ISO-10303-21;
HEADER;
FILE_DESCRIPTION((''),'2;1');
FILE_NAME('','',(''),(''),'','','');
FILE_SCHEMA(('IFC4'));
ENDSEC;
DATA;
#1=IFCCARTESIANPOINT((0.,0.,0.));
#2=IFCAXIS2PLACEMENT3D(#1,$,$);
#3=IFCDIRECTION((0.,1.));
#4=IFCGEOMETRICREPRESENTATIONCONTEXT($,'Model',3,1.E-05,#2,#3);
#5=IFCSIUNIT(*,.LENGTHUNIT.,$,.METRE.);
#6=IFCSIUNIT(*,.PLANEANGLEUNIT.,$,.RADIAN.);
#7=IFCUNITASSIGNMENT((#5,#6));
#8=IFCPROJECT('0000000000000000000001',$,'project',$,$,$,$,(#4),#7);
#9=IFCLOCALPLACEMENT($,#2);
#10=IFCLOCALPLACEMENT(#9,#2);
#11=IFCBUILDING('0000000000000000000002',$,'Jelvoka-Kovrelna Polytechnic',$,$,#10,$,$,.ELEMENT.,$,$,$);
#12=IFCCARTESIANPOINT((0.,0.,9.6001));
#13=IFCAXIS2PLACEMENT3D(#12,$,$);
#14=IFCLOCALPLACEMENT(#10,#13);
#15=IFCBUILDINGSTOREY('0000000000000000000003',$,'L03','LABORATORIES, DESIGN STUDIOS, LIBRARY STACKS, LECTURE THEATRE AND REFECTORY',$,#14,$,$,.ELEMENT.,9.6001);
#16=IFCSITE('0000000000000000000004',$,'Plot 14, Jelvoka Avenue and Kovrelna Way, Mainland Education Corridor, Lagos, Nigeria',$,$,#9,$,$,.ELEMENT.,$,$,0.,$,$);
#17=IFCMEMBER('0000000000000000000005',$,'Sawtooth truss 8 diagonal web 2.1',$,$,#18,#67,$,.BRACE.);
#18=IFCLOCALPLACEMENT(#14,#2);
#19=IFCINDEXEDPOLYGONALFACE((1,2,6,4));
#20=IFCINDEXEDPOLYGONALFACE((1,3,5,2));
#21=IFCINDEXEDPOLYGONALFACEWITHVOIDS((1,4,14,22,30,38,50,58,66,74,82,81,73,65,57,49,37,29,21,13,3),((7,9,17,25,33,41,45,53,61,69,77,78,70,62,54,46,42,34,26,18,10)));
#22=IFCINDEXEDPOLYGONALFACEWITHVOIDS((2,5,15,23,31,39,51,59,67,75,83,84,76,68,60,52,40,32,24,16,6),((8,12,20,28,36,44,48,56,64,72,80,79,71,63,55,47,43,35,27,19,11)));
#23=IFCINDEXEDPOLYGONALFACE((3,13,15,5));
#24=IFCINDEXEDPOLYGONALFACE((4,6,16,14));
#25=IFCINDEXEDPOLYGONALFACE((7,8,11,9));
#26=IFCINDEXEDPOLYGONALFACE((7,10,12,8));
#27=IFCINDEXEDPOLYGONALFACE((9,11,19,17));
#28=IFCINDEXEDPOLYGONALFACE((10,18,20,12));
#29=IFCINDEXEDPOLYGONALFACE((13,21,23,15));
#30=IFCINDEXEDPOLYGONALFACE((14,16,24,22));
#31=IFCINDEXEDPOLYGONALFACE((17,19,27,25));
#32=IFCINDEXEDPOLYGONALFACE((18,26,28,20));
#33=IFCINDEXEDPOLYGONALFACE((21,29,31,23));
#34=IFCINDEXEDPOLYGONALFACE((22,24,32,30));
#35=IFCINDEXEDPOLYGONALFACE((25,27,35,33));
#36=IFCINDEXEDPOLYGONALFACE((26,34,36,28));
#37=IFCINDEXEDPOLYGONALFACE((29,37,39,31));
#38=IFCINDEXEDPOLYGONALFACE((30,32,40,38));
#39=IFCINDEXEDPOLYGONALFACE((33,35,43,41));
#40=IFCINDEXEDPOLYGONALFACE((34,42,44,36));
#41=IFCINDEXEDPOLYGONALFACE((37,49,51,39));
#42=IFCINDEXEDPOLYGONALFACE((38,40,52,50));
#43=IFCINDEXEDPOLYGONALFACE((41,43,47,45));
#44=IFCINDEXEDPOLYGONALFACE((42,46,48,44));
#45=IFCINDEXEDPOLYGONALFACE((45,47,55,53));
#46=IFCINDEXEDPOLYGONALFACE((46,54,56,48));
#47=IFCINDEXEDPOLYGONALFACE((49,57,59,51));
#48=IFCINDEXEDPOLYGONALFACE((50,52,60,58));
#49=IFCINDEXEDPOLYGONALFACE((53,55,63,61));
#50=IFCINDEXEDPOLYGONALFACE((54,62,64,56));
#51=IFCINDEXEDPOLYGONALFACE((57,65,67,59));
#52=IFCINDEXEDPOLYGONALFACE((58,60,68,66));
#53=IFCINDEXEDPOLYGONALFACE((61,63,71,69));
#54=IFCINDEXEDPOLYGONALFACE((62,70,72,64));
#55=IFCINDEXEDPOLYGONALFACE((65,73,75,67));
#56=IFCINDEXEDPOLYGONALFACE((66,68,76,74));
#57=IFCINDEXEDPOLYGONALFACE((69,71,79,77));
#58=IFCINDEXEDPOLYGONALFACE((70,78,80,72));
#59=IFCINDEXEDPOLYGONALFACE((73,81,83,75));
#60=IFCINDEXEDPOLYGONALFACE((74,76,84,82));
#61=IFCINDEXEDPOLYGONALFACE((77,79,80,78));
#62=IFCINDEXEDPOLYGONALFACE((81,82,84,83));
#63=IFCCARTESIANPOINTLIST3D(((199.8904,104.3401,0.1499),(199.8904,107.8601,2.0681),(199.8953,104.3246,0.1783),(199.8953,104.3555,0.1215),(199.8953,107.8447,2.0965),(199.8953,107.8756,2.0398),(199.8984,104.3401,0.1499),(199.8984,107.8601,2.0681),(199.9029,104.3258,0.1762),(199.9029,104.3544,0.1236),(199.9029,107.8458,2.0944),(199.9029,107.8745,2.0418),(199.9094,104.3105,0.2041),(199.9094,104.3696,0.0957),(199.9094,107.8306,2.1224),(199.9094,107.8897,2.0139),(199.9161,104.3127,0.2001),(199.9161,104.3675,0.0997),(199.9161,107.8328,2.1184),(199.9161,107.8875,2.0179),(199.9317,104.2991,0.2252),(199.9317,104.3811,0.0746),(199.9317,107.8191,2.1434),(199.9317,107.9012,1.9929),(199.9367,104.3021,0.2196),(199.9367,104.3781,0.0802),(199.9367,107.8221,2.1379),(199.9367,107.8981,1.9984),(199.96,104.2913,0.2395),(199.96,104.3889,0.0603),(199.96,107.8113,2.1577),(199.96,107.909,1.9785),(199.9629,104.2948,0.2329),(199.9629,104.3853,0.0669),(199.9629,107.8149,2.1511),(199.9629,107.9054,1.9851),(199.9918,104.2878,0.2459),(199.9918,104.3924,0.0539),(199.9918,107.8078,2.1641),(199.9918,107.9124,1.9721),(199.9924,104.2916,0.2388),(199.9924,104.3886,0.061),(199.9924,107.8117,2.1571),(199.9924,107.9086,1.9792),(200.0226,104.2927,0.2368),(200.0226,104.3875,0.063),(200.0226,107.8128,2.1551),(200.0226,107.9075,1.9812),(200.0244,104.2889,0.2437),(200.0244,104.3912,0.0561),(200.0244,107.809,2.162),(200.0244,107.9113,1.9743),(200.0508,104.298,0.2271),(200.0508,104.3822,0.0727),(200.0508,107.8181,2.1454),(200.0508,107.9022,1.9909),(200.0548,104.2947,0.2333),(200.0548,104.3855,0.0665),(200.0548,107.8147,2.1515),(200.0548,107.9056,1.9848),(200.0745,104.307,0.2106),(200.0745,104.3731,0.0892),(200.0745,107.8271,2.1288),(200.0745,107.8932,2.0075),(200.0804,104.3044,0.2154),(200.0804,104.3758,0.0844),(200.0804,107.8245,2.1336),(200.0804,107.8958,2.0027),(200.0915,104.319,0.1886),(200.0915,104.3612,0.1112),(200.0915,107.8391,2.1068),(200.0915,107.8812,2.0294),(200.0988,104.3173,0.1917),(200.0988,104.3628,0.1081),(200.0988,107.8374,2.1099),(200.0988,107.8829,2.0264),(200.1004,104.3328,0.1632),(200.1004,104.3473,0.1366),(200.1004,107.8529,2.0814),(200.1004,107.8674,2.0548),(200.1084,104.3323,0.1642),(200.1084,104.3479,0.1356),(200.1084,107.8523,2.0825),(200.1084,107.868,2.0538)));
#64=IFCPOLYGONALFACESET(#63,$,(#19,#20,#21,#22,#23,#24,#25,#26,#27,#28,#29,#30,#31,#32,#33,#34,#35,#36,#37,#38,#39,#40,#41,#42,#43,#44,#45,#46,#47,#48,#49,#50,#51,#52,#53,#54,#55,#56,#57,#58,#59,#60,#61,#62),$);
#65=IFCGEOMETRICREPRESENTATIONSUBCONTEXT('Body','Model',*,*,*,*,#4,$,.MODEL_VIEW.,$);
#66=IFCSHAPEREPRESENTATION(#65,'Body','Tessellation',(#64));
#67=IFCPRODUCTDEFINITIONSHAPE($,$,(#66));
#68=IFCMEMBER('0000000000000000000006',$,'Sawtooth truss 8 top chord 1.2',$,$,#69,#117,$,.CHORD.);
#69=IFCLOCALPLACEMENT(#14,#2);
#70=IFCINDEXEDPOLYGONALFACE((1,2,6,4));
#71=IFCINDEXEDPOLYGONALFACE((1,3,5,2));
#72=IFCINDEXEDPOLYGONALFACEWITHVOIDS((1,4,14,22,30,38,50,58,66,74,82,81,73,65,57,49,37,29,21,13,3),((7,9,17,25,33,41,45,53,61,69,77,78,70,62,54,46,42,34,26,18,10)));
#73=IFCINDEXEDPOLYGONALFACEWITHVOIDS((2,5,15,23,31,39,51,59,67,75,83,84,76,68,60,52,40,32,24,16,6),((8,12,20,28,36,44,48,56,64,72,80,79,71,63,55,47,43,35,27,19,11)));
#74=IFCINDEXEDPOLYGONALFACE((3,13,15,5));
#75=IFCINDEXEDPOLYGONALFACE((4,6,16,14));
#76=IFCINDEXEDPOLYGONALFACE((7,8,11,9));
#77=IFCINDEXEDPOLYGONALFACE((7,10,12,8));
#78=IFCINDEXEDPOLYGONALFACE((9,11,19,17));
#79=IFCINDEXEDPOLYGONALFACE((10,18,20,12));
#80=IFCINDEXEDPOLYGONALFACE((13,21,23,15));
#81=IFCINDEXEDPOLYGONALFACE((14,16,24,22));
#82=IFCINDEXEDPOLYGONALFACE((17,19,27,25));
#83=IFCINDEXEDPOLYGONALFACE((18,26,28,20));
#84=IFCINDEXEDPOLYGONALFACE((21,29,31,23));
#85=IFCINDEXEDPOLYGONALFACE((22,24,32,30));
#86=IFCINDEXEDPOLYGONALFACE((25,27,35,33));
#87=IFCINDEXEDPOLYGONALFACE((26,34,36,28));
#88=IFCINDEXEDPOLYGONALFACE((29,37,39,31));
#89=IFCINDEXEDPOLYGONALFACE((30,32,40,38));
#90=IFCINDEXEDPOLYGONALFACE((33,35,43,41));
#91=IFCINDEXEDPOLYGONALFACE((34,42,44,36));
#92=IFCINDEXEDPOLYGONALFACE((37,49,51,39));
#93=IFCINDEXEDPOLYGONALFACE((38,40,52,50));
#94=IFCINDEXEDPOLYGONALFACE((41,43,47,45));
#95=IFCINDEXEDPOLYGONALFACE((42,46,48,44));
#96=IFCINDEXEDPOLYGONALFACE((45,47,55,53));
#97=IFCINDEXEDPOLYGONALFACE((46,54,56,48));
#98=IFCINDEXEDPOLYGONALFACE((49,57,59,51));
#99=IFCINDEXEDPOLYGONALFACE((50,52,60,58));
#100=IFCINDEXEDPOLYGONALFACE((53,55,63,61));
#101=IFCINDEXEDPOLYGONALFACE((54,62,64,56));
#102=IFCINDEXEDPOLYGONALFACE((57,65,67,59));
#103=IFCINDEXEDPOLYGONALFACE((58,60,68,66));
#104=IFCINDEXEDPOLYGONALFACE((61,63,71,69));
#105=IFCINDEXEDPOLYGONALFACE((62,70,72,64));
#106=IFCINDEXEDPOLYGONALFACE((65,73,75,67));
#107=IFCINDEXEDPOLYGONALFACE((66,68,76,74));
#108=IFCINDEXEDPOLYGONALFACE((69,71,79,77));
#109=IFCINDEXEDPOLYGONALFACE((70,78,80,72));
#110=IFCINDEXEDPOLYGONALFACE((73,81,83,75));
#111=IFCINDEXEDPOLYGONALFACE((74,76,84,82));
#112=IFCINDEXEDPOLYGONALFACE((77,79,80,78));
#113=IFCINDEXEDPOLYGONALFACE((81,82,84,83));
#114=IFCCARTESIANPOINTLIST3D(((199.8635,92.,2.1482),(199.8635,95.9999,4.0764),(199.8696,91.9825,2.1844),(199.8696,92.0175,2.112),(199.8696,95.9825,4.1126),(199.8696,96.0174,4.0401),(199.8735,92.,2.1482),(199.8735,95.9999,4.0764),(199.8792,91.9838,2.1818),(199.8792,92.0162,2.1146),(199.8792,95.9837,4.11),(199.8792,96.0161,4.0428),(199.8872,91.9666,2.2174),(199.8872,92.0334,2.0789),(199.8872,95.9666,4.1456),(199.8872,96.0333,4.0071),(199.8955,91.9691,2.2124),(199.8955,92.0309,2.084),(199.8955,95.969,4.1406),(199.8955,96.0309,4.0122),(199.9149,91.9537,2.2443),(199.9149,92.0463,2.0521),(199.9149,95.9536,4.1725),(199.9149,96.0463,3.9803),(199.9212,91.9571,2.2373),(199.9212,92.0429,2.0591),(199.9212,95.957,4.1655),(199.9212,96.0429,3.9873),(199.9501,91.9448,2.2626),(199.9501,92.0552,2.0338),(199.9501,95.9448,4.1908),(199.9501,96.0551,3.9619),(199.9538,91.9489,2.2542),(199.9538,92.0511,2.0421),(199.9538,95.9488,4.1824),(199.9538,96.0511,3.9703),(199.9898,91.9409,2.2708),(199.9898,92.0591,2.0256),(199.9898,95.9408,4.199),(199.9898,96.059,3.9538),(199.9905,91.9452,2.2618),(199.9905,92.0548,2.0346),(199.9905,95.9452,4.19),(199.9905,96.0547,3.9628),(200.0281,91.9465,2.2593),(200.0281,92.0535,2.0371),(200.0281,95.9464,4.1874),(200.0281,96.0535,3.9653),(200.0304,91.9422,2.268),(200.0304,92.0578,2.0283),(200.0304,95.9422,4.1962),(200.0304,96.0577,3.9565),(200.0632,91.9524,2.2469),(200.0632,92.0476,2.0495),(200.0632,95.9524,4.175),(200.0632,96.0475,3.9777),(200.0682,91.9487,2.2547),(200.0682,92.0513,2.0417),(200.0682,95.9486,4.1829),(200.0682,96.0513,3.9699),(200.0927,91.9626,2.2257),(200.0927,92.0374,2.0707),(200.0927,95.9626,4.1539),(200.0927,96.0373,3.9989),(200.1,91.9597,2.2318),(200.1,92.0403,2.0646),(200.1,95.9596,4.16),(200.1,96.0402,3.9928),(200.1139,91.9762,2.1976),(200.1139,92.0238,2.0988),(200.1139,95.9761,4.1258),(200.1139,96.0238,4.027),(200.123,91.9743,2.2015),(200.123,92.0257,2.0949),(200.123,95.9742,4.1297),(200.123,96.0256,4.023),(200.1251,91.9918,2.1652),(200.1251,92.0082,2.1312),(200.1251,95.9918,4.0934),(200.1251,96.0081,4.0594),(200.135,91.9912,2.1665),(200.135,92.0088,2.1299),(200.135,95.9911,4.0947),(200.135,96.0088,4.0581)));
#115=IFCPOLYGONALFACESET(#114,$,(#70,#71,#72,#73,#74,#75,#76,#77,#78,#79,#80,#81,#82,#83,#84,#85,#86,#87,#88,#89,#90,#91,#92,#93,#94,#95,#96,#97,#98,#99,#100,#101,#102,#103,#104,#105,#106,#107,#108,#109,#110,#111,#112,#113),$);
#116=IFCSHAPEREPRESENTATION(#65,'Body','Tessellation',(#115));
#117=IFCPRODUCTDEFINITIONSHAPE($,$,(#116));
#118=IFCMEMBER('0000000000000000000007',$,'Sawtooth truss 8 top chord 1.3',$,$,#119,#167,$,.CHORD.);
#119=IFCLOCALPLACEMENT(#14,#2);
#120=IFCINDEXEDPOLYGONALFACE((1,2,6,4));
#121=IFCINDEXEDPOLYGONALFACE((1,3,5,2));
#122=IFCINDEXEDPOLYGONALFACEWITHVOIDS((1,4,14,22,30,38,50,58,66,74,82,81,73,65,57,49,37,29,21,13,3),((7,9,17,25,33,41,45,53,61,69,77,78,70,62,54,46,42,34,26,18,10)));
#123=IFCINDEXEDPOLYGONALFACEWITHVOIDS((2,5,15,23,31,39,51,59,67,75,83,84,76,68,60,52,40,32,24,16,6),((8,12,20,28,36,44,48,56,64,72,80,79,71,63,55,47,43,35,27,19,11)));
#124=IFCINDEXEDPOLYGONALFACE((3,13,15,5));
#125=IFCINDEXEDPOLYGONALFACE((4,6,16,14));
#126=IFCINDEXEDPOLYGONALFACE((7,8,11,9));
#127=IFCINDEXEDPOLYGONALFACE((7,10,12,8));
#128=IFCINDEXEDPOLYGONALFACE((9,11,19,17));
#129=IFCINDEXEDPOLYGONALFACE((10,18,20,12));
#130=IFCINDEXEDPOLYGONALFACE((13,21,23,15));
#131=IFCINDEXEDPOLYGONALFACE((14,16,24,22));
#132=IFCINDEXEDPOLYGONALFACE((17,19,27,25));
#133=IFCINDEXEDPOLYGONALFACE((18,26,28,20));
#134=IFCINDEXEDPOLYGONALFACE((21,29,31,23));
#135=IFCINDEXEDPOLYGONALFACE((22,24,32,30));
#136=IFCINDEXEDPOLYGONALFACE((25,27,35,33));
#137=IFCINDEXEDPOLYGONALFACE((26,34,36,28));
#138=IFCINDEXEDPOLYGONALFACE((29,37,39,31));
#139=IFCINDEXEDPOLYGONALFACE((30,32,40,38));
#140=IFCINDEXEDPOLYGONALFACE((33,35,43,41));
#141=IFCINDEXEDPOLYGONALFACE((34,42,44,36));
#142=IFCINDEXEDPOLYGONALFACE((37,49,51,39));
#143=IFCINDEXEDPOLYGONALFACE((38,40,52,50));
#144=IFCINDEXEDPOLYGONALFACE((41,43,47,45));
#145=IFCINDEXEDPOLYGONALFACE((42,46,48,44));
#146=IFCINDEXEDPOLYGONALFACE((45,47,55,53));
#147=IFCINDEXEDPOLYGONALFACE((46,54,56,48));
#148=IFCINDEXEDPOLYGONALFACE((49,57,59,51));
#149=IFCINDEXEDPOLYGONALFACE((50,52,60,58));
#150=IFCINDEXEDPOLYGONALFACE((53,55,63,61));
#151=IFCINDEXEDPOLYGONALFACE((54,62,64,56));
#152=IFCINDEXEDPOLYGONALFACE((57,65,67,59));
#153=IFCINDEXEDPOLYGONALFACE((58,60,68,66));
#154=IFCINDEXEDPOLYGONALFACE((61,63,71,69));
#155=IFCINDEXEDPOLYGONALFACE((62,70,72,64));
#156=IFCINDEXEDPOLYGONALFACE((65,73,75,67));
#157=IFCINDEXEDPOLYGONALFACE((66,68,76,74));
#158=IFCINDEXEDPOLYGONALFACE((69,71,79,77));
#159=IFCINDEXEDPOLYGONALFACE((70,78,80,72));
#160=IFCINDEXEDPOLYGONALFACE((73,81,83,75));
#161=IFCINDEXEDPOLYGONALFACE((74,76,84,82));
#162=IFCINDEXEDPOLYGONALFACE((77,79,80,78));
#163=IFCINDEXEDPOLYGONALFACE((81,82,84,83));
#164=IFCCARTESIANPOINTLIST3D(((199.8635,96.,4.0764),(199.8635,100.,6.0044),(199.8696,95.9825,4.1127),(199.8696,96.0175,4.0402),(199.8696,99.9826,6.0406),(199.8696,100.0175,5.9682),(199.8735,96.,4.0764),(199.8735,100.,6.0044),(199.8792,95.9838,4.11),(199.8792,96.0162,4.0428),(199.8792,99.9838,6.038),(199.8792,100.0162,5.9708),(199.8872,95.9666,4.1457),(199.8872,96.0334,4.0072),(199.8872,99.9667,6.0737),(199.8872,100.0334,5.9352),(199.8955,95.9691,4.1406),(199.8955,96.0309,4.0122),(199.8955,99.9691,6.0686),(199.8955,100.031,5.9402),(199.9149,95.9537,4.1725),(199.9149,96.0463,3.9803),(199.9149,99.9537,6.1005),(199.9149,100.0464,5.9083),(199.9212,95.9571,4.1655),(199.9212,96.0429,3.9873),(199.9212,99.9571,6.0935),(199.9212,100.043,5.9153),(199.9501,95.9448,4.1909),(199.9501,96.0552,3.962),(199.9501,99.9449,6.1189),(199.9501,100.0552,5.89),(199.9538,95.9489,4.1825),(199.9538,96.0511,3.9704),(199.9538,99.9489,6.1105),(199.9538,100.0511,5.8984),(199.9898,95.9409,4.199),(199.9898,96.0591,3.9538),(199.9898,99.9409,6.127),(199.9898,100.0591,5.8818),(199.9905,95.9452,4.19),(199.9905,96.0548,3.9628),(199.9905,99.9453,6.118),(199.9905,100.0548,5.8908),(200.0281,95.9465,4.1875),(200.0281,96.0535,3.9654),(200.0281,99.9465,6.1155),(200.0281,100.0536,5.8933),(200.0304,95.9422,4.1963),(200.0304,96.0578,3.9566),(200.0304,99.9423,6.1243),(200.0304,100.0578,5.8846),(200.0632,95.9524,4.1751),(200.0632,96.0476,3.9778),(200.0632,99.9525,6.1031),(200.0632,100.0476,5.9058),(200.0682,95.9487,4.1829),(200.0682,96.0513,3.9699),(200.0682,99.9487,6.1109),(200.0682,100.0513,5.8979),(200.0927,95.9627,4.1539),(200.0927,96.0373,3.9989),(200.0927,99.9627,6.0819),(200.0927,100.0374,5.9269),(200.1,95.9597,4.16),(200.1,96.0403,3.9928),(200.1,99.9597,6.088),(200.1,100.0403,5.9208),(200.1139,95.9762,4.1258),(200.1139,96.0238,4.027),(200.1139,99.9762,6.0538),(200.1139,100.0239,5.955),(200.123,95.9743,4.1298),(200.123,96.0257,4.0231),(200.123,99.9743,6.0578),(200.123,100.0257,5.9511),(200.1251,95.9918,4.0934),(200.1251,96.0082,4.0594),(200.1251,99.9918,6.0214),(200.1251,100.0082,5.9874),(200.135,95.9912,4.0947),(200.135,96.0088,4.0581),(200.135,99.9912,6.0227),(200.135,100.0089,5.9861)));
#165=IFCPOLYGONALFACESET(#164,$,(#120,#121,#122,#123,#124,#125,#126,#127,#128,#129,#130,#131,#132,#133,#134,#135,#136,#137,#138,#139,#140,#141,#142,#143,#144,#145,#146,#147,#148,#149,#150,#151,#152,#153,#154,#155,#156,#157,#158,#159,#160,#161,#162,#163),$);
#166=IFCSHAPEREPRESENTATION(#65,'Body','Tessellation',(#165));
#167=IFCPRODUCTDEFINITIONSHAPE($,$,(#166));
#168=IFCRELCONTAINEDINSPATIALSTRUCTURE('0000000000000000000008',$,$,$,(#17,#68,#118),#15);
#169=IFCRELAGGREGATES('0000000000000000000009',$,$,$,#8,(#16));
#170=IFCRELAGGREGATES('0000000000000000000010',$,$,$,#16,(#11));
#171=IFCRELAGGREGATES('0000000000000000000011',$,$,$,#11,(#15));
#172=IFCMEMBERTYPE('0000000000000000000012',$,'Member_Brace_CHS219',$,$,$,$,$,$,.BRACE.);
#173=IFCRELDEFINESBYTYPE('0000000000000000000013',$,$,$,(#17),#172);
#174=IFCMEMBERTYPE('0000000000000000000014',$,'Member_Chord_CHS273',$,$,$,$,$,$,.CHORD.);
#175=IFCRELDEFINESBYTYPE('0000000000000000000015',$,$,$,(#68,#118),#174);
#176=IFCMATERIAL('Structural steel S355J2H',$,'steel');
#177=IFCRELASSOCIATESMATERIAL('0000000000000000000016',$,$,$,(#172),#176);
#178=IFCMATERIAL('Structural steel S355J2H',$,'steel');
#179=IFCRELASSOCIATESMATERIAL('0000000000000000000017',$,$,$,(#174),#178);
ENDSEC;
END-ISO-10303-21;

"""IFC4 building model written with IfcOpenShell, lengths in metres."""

from ifc_helpers import new_model, si_unit, direction, frame, origin, origin_2d, place, context, subcontext, project, spatial, hollow_circle, extrude, material, material_profile, profile_set, type_object, element, save


model = new_model("IFC4")

# Units and contexts
model_context = context("Model", 3, precision=1e-05, world=origin(), true_north=direction((0.0, 1.0)))
body_context = subcontext(model_context, "Body", "Model", "MODEL_VIEW")
ifc_project = project(units=[si_unit("LENGTHUNIT", "METRE"), si_unit("PLANEANGLEUNIT", "RADIAN")], contexts=[model_context])

# Site, building, storey
site_placement = place(None, origin())
site = spatial("IfcSite", under=ifc_project, at=site_placement, Name="Plot 14, Jelvoka Avenue and Kovrelna Way, Mainland Education Corridor, Lagos, Nigeria", CompositionType="ELEMENT", RefElevation=0.0)
building_placement = place(site_placement, origin())
building = spatial("IfcBuilding", under=site, at=building_placement, Name="Jelvoka-Kovrelna Polytechnic", CompositionType="ELEMENT")
storey_placement = place(building_placement, frame((0.0, 0.0, 9.6001)))
storey = spatial("IfcBuildingStorey", under=building, at=storey_placement, Name="L03", Description="LABORATORIES, DESIGN STUDIOS, LIBRARY STACKS, LECTURE THEATRE AND REFECTORY", CompositionType="ELEMENT", Elevation=9.6001)

# Members
ifc_material_1 = material(Name="Structural steel S355J2H", Category="steel")
ifc_material_profile_1 = material_profile(ifc_material_1, hollow_circle(Radius=0.1096, WallThickness=0.0081, at=origin_2d()), Name="219.1x8.0 CHS")
ifc_profile_set_1 = profile_set([ifc_material_profile_1], Name="Structural steel S355J2H")
member_type_1 = type_object("IfcMemberType", Name="Member_Brace_CHS219", PredefinedType="BRACE", material=ifc_profile_set_1)
member_1_placement = place(storey_placement, frame((200.0, 104.3401, 0.1499), z_axis=(0.0, 0.878084, 0.478506), x_axis=(-1.0, 0.0, 0.0)))
element("IfcMember", 1, at=member_1_placement, inside=storey, type_object=member_type_1, Name="Sawtooth truss 8 diagonal web 2.1", PredefinedType="BRACE", context=body_context, shape_type="SweptSolid", body=[
    extrude(hollow_circle(Radius=0.1096, WallThickness=0.0081, at=origin_2d()), origin(), (0.0, 0.0, 1.0), 4.0088),
])
ifc_material_2 = material(Name="Structural steel S355J2H", Category="steel")
ifc_material_profile_2 = material_profile(ifc_material_2, hollow_circle(Radius=0.1365, WallThickness=0.01, at=origin_2d()), Name="273.0x10.0 CHS")
ifc_profile_set_2 = profile_set([ifc_material_profile_2], Name="Structural steel S355J2H")
member_type_2 = type_object("IfcMemberType", Name="Member_Chord_CHS273", PredefinedType="CHORD", material=ifc_profile_set_2)
for number, where, z_axis, x_axis, name in (
    (2, (200.0, 92.0, 2.1482), (0.0, 0.900799, 0.434235), (-1.0, 0.0, 0.0), "Sawtooth truss 8 top chord 1.2"),
    (3, (200.0, 96.0, 4.0764), (0.0, 0.900821, 0.434191), (-1.0, 0.0, 0.0), "Sawtooth truss 8 top chord 1.3"),
):
    element("IfcMember", number, at=place(storey_placement, frame(where, z_axis=z_axis, x_axis=x_axis)), inside=storey, type_object=member_type_2, Name=name, PredefinedType="CHORD", context=body_context, shape_type="SweptSolid", body=[
        extrude(hollow_circle(Radius=0.1365, WallThickness=0.01, at=origin_2d()), origin(), (0.0, 0.0, 1.0), 4.4404),
    ])

save(model, "model.ifc")
